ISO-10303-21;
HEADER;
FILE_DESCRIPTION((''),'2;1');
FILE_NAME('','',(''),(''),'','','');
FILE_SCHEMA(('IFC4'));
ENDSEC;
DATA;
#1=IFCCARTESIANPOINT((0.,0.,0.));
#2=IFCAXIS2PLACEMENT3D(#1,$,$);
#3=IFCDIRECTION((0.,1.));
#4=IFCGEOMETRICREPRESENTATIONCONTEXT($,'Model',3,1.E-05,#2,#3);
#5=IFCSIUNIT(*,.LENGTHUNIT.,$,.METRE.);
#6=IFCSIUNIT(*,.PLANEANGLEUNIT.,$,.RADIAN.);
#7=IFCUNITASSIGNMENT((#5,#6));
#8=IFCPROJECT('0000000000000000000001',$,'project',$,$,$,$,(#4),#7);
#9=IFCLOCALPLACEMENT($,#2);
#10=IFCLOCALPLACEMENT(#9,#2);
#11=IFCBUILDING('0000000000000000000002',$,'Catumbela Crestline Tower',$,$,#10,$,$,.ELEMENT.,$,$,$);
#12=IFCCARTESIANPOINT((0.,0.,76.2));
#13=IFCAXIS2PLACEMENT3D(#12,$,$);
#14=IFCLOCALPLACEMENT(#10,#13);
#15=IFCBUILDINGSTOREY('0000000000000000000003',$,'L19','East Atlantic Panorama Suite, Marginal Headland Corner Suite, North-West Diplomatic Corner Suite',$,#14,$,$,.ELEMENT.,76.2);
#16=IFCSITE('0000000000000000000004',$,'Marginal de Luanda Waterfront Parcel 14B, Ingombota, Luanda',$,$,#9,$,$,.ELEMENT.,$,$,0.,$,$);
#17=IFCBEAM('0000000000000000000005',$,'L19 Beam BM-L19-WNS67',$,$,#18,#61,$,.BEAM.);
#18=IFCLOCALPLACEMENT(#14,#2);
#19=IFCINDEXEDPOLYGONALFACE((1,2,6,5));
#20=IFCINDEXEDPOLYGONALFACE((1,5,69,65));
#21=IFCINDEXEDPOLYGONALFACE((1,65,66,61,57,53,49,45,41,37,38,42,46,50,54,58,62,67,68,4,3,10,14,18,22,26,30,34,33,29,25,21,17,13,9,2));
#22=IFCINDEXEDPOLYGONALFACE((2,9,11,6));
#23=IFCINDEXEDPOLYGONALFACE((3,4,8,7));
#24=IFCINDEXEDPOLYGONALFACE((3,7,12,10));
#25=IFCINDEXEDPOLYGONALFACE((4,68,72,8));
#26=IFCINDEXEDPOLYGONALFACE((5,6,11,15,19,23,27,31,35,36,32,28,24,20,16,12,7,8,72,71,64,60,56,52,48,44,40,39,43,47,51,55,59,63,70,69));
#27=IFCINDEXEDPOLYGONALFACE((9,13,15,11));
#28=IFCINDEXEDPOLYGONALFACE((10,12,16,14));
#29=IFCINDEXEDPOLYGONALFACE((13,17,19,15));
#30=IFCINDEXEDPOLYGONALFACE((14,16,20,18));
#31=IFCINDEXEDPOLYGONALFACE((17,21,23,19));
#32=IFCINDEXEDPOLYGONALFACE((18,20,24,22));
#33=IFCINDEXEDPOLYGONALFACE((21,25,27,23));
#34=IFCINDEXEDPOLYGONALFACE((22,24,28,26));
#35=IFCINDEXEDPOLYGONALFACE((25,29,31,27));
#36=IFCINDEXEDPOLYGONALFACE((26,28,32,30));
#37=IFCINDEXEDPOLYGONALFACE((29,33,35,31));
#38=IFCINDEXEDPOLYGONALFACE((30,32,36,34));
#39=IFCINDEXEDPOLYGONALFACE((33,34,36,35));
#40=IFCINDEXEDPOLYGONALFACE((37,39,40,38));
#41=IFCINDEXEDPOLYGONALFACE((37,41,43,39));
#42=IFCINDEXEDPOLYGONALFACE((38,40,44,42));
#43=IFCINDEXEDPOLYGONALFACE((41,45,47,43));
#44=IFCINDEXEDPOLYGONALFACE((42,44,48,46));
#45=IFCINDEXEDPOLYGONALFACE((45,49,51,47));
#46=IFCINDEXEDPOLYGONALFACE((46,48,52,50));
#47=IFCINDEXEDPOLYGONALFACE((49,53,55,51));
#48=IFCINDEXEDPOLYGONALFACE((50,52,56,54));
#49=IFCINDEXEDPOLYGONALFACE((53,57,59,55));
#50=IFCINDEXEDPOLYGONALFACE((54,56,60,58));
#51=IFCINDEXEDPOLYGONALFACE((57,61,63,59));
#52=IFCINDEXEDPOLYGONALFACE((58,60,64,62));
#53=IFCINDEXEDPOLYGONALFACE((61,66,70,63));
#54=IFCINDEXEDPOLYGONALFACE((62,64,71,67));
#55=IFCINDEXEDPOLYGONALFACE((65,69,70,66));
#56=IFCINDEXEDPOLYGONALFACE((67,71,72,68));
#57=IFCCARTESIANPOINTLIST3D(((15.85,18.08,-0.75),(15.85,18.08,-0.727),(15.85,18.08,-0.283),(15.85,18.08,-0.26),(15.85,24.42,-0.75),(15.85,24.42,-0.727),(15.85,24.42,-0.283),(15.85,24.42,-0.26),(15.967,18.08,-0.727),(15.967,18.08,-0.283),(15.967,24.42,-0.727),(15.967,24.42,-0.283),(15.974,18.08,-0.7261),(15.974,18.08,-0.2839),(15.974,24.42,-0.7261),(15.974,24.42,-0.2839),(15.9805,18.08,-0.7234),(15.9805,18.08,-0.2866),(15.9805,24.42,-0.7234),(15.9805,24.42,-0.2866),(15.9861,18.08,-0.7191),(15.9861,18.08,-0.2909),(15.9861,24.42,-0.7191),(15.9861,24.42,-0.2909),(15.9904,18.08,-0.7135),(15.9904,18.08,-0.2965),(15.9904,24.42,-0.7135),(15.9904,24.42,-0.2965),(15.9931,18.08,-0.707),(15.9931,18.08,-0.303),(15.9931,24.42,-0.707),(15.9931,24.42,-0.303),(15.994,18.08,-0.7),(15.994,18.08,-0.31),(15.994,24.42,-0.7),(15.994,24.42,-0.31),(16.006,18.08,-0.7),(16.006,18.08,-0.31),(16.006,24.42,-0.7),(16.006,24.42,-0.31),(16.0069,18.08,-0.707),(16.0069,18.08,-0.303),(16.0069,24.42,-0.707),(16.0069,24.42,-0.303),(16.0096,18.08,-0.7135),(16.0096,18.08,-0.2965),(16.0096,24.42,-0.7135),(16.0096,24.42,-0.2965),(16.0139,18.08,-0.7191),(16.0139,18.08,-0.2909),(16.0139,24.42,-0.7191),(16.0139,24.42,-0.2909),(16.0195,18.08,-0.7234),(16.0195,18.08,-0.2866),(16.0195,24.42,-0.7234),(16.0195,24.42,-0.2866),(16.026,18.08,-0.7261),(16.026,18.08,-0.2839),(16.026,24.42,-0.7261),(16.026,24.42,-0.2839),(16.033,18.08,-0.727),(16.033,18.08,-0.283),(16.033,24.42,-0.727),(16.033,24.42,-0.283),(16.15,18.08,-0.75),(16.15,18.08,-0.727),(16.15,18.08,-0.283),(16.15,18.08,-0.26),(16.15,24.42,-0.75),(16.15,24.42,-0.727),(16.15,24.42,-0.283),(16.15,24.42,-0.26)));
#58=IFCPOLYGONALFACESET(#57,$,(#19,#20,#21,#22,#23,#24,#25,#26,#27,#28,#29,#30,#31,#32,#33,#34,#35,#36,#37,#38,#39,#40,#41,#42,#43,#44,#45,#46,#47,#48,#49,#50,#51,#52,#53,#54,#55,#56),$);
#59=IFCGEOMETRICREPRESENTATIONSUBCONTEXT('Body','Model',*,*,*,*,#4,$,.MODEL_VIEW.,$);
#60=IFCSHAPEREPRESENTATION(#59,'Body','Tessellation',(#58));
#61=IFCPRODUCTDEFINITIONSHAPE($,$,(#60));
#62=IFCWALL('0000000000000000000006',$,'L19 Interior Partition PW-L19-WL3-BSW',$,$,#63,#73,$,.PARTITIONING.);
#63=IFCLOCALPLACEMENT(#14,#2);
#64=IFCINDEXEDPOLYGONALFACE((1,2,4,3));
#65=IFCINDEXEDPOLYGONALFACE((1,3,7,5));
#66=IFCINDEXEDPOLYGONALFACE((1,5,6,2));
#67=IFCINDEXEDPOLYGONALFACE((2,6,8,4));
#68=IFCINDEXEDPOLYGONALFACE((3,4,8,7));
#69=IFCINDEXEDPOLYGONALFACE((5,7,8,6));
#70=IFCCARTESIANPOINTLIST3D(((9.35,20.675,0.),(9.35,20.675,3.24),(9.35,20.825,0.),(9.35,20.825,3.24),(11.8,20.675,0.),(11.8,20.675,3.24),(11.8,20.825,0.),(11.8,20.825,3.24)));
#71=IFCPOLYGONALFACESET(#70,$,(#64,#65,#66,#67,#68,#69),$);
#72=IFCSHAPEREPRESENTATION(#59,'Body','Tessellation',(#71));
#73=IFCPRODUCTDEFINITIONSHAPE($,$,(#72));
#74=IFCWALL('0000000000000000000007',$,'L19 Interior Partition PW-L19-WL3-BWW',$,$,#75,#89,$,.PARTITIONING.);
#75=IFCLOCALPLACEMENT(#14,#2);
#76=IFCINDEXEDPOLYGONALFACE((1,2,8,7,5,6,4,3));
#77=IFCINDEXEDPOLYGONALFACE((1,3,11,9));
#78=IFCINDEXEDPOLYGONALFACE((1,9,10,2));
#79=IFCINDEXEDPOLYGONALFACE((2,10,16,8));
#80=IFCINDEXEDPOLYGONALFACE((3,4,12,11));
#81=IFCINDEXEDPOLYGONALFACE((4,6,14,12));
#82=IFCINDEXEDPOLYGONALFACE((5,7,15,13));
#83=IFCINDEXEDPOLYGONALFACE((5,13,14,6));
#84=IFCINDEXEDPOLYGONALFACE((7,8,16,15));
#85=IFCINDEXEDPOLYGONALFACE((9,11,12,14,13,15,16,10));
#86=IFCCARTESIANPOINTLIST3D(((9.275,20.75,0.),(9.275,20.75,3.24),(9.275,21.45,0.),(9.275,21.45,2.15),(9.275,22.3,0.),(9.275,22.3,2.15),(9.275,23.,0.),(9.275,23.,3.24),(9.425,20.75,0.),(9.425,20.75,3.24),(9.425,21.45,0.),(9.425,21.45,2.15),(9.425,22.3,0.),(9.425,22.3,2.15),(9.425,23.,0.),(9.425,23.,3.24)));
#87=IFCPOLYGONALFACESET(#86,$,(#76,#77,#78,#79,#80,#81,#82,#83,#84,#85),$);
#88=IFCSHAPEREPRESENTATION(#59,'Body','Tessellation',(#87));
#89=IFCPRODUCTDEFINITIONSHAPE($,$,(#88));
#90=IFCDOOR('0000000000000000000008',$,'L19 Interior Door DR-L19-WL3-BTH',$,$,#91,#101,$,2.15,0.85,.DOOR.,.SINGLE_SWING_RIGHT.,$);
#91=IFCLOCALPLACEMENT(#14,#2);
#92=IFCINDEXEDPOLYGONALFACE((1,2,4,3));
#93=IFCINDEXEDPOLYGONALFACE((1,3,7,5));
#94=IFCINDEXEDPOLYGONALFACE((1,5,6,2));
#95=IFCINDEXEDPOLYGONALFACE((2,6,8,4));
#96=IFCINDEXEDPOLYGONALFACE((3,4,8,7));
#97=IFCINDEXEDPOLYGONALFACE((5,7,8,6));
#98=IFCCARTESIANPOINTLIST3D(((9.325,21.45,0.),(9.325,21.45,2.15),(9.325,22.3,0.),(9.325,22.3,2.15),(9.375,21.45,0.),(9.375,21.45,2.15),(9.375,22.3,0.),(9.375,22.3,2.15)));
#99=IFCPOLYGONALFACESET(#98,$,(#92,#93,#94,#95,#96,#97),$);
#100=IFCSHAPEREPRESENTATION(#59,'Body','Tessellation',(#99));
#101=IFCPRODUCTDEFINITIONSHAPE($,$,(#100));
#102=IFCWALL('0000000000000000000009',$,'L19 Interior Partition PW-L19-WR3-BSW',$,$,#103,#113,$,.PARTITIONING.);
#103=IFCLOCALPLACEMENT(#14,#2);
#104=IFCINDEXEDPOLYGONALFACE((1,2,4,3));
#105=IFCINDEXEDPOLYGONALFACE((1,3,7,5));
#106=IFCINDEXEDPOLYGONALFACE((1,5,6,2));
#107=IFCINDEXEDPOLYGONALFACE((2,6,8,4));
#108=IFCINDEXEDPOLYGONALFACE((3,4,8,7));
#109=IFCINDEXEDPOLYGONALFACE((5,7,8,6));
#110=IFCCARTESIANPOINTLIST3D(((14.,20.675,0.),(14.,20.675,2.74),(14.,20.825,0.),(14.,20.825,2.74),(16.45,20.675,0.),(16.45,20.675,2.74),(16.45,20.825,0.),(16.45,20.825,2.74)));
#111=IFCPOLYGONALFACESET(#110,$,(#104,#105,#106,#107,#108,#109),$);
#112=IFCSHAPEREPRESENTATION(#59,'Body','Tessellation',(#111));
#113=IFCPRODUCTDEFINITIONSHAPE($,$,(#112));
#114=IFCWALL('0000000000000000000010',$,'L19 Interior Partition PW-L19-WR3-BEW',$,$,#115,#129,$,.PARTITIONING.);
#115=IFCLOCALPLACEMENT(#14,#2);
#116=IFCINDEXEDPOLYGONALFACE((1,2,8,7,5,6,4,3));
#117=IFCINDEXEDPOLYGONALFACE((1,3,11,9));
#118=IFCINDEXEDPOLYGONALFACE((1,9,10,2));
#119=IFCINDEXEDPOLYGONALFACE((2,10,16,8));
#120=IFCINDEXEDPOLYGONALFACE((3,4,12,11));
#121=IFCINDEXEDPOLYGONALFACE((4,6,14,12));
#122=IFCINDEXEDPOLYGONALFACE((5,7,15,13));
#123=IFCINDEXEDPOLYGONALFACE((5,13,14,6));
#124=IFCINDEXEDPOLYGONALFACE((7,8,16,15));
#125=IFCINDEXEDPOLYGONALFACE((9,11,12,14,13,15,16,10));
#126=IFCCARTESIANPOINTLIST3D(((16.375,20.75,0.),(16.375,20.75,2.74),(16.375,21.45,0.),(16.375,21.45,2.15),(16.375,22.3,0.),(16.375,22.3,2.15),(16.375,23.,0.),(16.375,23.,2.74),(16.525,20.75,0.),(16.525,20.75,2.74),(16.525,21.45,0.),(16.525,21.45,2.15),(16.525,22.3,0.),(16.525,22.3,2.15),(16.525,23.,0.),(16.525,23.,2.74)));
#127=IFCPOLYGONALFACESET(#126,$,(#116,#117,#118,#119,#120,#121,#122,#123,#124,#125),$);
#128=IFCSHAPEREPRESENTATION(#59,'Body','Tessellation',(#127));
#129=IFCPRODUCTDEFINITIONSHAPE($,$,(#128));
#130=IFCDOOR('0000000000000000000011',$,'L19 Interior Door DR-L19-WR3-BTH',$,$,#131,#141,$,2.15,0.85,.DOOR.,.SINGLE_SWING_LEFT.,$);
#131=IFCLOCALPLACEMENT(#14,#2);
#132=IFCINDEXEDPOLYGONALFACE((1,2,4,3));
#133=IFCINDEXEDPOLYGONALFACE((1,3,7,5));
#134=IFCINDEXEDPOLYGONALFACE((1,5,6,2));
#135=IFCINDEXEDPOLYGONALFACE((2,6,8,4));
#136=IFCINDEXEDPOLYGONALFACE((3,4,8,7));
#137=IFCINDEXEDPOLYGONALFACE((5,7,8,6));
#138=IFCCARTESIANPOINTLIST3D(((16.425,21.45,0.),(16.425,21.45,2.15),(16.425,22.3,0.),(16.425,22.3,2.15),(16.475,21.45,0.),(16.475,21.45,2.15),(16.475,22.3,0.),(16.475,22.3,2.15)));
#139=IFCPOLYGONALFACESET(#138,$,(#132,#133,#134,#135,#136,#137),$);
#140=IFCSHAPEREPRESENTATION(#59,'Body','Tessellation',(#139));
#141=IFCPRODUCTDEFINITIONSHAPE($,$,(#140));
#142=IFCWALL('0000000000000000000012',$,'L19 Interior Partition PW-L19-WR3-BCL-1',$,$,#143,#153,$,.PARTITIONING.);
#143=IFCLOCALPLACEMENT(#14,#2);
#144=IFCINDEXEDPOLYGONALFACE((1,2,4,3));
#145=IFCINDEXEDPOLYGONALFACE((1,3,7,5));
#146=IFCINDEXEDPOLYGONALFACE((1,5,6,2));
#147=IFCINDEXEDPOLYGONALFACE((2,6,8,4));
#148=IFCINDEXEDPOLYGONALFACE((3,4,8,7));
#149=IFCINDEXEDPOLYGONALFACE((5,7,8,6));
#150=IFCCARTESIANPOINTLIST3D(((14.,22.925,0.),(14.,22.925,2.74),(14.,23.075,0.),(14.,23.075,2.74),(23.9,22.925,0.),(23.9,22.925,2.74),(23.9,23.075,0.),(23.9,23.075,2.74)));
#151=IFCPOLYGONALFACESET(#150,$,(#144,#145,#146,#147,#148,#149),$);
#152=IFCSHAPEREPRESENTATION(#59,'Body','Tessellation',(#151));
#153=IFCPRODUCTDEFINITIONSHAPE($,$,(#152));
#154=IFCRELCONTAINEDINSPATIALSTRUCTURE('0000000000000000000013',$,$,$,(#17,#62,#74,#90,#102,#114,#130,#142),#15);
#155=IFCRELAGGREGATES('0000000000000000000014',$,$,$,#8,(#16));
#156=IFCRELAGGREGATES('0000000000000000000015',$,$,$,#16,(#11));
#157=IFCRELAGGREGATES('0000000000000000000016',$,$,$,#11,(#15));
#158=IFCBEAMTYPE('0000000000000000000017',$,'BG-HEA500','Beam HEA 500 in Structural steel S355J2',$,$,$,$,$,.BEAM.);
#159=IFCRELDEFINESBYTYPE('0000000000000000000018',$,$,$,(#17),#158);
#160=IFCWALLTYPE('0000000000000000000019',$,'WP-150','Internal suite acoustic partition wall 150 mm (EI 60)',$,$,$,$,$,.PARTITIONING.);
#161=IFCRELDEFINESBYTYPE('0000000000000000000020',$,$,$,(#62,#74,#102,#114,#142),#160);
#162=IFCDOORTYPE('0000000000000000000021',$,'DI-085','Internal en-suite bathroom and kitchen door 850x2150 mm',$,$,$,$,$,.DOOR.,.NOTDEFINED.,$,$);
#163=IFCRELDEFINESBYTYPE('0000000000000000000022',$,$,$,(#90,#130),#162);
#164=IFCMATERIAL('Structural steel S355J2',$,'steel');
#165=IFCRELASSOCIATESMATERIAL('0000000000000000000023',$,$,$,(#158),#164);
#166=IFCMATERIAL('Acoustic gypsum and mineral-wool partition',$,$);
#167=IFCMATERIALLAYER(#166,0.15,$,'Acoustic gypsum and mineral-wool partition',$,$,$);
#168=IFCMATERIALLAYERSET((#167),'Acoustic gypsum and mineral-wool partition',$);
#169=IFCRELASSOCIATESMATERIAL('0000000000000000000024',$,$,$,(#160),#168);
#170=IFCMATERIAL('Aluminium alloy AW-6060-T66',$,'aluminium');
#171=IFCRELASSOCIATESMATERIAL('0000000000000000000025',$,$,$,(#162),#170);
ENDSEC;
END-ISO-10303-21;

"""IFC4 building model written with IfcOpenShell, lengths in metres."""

from ifc_helpers import new_model, si_unit, direction, frame, frame_2d, origin, origin_2d, place, context, subcontext, project, spatial, rectangle, i_section, extrude, material, layer, layer_set, material_profile, profile_set, type_object, element, fill, save


model = new_model("IFC4")

# Units and contexts
model_context = context("Model", 3, precision=1e-05, world=origin(), true_north=direction((0.0, 1.0)))
body_context = subcontext(model_context, "Body", "Model", "MODEL_VIEW")
ifc_project = project(units=[si_unit("LENGTHUNIT", "METRE"), si_unit("PLANEANGLEUNIT", "RADIAN")], contexts=[model_context])

# Site, building, storey
site_placement = place(None, origin())
site = spatial("IfcSite", under=ifc_project, at=site_placement, Name="Marginal de Luanda Waterfront Parcel 14B, Ingombota, Luanda", CompositionType="ELEMENT", RefElevation=0.0)
building_placement = place(site_placement, origin())
building = spatial("IfcBuilding", under=site, at=building_placement, Name="Catumbela Crestline Tower", CompositionType="ELEMENT")
storey_placement = place(building_placement, frame((0.0, 0.0, 76.2)))
storey = spatial("IfcBuildingStorey", under=building, at=storey_placement, Name="L19", Description="East Atlantic Panorama Suite, Marginal Headland Corner Suite, North-West Diplomatic Corner Suite", CompositionType="ELEMENT", Elevation=76.2)

# Beam
ifc_material_1 = material(Name="Structural steel S355J2", Category="steel")
ifc_material_profile_1 = material_profile(ifc_material_1, i_section(OverallWidth=0.3, OverallDepth=0.49, WebThickness=0.012, FlangeThickness=0.023, FilletRadius=0.027, at=origin_2d()), Name="HEA 500")
ifc_profile_set_1 = profile_set([ifc_material_profile_1], Name="Structural steel S355J2")
beam_type = type_object("IfcBeamType", Name="BG-HEA500", Description="Beam HEA 500 in Structural steel S355J2", PredefinedType="BEAM", material=ifc_profile_set_1)
beam_1_placement = place(storey_placement, frame((16.0, 18.08, -0.505), z_axis=(0.0, 1.0, 0.0), x_axis=(-1.0, 0.0, 0.0)))
element("IfcBeam", 1, at=beam_1_placement, inside=storey, type_object=beam_type, Name="L19 Beam BM-L19-WNS67", PredefinedType="BEAM", context=body_context, shape_type="SweptSolid", body=[
    extrude(i_section(OverallWidth=0.3, OverallDepth=0.49, WebThickness=0.012, FlangeThickness=0.023, FilletRadius=0.027, at=origin_2d()), origin(), (0.0, 0.0, 1.0), 6.34),
])

# Wall
ifc_material_2 = material(Name="Acoustic gypsum and mineral-wool partition")
ifc_layer = layer(ifc_material_2, 0.15, Name="Acoustic gypsum and mineral-wool partition")
ifc_layer_set = layer_set([ifc_layer], Name="Acoustic gypsum and mineral-wool partition")
wall_type = type_object("IfcWallType", Name="WP-150", Description="Internal suite acoustic partition wall 150 mm (EI 60)", PredefinedType="PARTITIONING", material=ifc_layer_set)
wall_1_placement = place(storey_placement, frame((9.35, 20.75, 0.0), z_axis=(0.0, 0.0, 1.0), x_axis=(1.0, 0.0, 0.0)))
element("IfcWall", 2, at=wall_1_placement, inside=storey, type_object=wall_type, Name="L19 Interior Partition PW-L19-WL3-BSW", PredefinedType="PARTITIONING", context=body_context, shape_type="SweptSolid", body=[
    extrude(rectangle(XDim=2.45, YDim=0.15, at=frame_2d((1.225, 0.0))), origin(), (0.0, 0.0, 1.0), 3.24),
])

# Wall, opening, door
wall_2_placement = place(storey_placement, frame((9.35, 20.75, 0.0), z_axis=(0.0, 0.0, 1.0), x_axis=(0.0, 1.0, 0.0)))
wall_2 = element("IfcWall", 3, at=wall_2_placement, inside=storey, type_object=wall_type, Name="L19 Interior Partition PW-L19-WL3-BWW", PredefinedType="PARTITIONING", context=body_context, shape_type="SweptSolid", body=[
    extrude(rectangle(XDim=2.25, YDim=0.15, at=frame_2d((1.125, 0.0))), origin(), (0.0, 0.0, 1.0), 3.24),
])
opening_1_placement = place(wall_2_placement, frame((0.7, 0.0, 0.0)))
opening_1 = element("IfcOpeningElement", 4, at=opening_1_placement, cuts=wall_2, PredefinedType="OPENING", context=body_context, shape_type="SweptSolid", body=[
    extrude(rectangle(XDim=0.85, YDim=2.15, at=frame_2d((0.425, 1.075))), frame((0.0, 0.085, 0.0), z_axis=(0.0, -1.0, 0.0), x_axis=(1.0, 0.0, 0.0)), (0.0, 0.0, 1.0), 0.17),
])
ifc_material_3 = material(Name="Aluminium alloy AW-6060-T66", Category="aluminium")
door_type = type_object("IfcDoorType", Name="DI-085", Description="Internal en-suite bathroom and kitchen door 850x2150 mm", OperationType="NOTDEFINED", PredefinedType="DOOR", material=ifc_material_3)
door_1_placement = place(opening_1_placement, origin())
door_1 = element("IfcDoor", 5, at=door_1_placement, inside=storey, type_object=door_type, Name="L19 Interior Door DR-L19-WL3-BTH", OperationType="SINGLE_SWING_RIGHT", OverallHeight=2.15, OverallWidth=0.85, PredefinedType="DOOR", context=body_context, shape_type="SweptSolid", body=[
    extrude(rectangle(XDim=0.85, YDim=2.15, at=frame_2d((0.425, 1.075))), frame((0.0, 0.025, 0.0), z_axis=(0.0, -1.0, 0.0), x_axis=(1.0, 0.0, 0.0)), (0.0, 0.0, 1.0), 0.05),
])
fill(opening_1, door_1)

# Wall
wall_3_placement = place(storey_placement, frame((14.0, 20.75, 0.0), z_axis=(0.0, 0.0, 1.0), x_axis=(1.0, 0.0, 0.0)))
element("IfcWall", 6, at=wall_3_placement, inside=storey, type_object=wall_type, Name="L19 Interior Partition PW-L19-WR3-BSW", PredefinedType="PARTITIONING", context=body_context, shape_type="SweptSolid", body=[
    extrude(rectangle(XDim=2.45, YDim=0.15, at=frame_2d((1.225, 0.0))), origin(), (0.0, 0.0, 1.0), 2.74),
])

# Wall, opening, door
wall_4_placement = place(storey_placement, frame((16.45, 20.75, 0.0), z_axis=(0.0, 0.0, 1.0), x_axis=(0.0, 1.0, 0.0)))
wall_4 = element("IfcWall", 7, at=wall_4_placement, inside=storey, type_object=wall_type, Name="L19 Interior Partition PW-L19-WR3-BEW", PredefinedType="PARTITIONING", context=body_context, shape_type="SweptSolid", body=[
    extrude(rectangle(XDim=2.25, YDim=0.15, at=frame_2d((1.125, 0.0))), origin(), (0.0, 0.0, 1.0), 2.74),
])
opening_2_placement = place(wall_4_placement, frame((0.7, 0.0, 0.0)))
opening_2 = element("IfcOpeningElement", 8, at=opening_2_placement, cuts=wall_4, PredefinedType="OPENING", context=body_context, shape_type="SweptSolid", body=[
    extrude(rectangle(XDim=0.85, YDim=2.15, at=frame_2d((0.425, 1.075))), frame((0.0, 0.085, 0.0), z_axis=(0.0, -1.0, 0.0), x_axis=(1.0, 0.0, 0.0)), (0.0, 0.0, 1.0), 0.17),
])
door_2_placement = place(opening_2_placement, origin())
door_2 = element("IfcDoor", 9, at=door_2_placement, inside=storey, type_object=door_type, Name="L19 Interior Door DR-L19-WR3-BTH", OperationType="SINGLE_SWING_LEFT", OverallHeight=2.15, OverallWidth=0.85, PredefinedType="DOOR", context=body_context, shape_type="SweptSolid", body=[
    extrude(rectangle(XDim=0.85, YDim=2.15, at=frame_2d((0.425, 1.075))), frame((0.0, 0.025, 0.0), z_axis=(0.0, -1.0, 0.0), x_axis=(1.0, 0.0, 0.0)), (0.0, 0.0, 1.0), 0.05),
])
fill(opening_2, door_2)

# Wall
wall_5_placement = place(storey_placement, frame((14.0, 23.0, 0.0), z_axis=(0.0, 0.0, 1.0), x_axis=(1.0, 0.0, 0.0)))
element("IfcWall", 10, at=wall_5_placement, inside=storey, type_object=wall_type, Name="L19 Interior Partition PW-L19-WR3-BCL-1", PredefinedType="PARTITIONING", context=body_context, shape_type="SweptSolid", body=[
    extrude(rectangle(XDim=9.9, YDim=0.15, at=frame_2d((4.95, 0.0))), origin(), (0.0, 0.0, 1.0), 2.74),
])

save(model, "model.ifc")
